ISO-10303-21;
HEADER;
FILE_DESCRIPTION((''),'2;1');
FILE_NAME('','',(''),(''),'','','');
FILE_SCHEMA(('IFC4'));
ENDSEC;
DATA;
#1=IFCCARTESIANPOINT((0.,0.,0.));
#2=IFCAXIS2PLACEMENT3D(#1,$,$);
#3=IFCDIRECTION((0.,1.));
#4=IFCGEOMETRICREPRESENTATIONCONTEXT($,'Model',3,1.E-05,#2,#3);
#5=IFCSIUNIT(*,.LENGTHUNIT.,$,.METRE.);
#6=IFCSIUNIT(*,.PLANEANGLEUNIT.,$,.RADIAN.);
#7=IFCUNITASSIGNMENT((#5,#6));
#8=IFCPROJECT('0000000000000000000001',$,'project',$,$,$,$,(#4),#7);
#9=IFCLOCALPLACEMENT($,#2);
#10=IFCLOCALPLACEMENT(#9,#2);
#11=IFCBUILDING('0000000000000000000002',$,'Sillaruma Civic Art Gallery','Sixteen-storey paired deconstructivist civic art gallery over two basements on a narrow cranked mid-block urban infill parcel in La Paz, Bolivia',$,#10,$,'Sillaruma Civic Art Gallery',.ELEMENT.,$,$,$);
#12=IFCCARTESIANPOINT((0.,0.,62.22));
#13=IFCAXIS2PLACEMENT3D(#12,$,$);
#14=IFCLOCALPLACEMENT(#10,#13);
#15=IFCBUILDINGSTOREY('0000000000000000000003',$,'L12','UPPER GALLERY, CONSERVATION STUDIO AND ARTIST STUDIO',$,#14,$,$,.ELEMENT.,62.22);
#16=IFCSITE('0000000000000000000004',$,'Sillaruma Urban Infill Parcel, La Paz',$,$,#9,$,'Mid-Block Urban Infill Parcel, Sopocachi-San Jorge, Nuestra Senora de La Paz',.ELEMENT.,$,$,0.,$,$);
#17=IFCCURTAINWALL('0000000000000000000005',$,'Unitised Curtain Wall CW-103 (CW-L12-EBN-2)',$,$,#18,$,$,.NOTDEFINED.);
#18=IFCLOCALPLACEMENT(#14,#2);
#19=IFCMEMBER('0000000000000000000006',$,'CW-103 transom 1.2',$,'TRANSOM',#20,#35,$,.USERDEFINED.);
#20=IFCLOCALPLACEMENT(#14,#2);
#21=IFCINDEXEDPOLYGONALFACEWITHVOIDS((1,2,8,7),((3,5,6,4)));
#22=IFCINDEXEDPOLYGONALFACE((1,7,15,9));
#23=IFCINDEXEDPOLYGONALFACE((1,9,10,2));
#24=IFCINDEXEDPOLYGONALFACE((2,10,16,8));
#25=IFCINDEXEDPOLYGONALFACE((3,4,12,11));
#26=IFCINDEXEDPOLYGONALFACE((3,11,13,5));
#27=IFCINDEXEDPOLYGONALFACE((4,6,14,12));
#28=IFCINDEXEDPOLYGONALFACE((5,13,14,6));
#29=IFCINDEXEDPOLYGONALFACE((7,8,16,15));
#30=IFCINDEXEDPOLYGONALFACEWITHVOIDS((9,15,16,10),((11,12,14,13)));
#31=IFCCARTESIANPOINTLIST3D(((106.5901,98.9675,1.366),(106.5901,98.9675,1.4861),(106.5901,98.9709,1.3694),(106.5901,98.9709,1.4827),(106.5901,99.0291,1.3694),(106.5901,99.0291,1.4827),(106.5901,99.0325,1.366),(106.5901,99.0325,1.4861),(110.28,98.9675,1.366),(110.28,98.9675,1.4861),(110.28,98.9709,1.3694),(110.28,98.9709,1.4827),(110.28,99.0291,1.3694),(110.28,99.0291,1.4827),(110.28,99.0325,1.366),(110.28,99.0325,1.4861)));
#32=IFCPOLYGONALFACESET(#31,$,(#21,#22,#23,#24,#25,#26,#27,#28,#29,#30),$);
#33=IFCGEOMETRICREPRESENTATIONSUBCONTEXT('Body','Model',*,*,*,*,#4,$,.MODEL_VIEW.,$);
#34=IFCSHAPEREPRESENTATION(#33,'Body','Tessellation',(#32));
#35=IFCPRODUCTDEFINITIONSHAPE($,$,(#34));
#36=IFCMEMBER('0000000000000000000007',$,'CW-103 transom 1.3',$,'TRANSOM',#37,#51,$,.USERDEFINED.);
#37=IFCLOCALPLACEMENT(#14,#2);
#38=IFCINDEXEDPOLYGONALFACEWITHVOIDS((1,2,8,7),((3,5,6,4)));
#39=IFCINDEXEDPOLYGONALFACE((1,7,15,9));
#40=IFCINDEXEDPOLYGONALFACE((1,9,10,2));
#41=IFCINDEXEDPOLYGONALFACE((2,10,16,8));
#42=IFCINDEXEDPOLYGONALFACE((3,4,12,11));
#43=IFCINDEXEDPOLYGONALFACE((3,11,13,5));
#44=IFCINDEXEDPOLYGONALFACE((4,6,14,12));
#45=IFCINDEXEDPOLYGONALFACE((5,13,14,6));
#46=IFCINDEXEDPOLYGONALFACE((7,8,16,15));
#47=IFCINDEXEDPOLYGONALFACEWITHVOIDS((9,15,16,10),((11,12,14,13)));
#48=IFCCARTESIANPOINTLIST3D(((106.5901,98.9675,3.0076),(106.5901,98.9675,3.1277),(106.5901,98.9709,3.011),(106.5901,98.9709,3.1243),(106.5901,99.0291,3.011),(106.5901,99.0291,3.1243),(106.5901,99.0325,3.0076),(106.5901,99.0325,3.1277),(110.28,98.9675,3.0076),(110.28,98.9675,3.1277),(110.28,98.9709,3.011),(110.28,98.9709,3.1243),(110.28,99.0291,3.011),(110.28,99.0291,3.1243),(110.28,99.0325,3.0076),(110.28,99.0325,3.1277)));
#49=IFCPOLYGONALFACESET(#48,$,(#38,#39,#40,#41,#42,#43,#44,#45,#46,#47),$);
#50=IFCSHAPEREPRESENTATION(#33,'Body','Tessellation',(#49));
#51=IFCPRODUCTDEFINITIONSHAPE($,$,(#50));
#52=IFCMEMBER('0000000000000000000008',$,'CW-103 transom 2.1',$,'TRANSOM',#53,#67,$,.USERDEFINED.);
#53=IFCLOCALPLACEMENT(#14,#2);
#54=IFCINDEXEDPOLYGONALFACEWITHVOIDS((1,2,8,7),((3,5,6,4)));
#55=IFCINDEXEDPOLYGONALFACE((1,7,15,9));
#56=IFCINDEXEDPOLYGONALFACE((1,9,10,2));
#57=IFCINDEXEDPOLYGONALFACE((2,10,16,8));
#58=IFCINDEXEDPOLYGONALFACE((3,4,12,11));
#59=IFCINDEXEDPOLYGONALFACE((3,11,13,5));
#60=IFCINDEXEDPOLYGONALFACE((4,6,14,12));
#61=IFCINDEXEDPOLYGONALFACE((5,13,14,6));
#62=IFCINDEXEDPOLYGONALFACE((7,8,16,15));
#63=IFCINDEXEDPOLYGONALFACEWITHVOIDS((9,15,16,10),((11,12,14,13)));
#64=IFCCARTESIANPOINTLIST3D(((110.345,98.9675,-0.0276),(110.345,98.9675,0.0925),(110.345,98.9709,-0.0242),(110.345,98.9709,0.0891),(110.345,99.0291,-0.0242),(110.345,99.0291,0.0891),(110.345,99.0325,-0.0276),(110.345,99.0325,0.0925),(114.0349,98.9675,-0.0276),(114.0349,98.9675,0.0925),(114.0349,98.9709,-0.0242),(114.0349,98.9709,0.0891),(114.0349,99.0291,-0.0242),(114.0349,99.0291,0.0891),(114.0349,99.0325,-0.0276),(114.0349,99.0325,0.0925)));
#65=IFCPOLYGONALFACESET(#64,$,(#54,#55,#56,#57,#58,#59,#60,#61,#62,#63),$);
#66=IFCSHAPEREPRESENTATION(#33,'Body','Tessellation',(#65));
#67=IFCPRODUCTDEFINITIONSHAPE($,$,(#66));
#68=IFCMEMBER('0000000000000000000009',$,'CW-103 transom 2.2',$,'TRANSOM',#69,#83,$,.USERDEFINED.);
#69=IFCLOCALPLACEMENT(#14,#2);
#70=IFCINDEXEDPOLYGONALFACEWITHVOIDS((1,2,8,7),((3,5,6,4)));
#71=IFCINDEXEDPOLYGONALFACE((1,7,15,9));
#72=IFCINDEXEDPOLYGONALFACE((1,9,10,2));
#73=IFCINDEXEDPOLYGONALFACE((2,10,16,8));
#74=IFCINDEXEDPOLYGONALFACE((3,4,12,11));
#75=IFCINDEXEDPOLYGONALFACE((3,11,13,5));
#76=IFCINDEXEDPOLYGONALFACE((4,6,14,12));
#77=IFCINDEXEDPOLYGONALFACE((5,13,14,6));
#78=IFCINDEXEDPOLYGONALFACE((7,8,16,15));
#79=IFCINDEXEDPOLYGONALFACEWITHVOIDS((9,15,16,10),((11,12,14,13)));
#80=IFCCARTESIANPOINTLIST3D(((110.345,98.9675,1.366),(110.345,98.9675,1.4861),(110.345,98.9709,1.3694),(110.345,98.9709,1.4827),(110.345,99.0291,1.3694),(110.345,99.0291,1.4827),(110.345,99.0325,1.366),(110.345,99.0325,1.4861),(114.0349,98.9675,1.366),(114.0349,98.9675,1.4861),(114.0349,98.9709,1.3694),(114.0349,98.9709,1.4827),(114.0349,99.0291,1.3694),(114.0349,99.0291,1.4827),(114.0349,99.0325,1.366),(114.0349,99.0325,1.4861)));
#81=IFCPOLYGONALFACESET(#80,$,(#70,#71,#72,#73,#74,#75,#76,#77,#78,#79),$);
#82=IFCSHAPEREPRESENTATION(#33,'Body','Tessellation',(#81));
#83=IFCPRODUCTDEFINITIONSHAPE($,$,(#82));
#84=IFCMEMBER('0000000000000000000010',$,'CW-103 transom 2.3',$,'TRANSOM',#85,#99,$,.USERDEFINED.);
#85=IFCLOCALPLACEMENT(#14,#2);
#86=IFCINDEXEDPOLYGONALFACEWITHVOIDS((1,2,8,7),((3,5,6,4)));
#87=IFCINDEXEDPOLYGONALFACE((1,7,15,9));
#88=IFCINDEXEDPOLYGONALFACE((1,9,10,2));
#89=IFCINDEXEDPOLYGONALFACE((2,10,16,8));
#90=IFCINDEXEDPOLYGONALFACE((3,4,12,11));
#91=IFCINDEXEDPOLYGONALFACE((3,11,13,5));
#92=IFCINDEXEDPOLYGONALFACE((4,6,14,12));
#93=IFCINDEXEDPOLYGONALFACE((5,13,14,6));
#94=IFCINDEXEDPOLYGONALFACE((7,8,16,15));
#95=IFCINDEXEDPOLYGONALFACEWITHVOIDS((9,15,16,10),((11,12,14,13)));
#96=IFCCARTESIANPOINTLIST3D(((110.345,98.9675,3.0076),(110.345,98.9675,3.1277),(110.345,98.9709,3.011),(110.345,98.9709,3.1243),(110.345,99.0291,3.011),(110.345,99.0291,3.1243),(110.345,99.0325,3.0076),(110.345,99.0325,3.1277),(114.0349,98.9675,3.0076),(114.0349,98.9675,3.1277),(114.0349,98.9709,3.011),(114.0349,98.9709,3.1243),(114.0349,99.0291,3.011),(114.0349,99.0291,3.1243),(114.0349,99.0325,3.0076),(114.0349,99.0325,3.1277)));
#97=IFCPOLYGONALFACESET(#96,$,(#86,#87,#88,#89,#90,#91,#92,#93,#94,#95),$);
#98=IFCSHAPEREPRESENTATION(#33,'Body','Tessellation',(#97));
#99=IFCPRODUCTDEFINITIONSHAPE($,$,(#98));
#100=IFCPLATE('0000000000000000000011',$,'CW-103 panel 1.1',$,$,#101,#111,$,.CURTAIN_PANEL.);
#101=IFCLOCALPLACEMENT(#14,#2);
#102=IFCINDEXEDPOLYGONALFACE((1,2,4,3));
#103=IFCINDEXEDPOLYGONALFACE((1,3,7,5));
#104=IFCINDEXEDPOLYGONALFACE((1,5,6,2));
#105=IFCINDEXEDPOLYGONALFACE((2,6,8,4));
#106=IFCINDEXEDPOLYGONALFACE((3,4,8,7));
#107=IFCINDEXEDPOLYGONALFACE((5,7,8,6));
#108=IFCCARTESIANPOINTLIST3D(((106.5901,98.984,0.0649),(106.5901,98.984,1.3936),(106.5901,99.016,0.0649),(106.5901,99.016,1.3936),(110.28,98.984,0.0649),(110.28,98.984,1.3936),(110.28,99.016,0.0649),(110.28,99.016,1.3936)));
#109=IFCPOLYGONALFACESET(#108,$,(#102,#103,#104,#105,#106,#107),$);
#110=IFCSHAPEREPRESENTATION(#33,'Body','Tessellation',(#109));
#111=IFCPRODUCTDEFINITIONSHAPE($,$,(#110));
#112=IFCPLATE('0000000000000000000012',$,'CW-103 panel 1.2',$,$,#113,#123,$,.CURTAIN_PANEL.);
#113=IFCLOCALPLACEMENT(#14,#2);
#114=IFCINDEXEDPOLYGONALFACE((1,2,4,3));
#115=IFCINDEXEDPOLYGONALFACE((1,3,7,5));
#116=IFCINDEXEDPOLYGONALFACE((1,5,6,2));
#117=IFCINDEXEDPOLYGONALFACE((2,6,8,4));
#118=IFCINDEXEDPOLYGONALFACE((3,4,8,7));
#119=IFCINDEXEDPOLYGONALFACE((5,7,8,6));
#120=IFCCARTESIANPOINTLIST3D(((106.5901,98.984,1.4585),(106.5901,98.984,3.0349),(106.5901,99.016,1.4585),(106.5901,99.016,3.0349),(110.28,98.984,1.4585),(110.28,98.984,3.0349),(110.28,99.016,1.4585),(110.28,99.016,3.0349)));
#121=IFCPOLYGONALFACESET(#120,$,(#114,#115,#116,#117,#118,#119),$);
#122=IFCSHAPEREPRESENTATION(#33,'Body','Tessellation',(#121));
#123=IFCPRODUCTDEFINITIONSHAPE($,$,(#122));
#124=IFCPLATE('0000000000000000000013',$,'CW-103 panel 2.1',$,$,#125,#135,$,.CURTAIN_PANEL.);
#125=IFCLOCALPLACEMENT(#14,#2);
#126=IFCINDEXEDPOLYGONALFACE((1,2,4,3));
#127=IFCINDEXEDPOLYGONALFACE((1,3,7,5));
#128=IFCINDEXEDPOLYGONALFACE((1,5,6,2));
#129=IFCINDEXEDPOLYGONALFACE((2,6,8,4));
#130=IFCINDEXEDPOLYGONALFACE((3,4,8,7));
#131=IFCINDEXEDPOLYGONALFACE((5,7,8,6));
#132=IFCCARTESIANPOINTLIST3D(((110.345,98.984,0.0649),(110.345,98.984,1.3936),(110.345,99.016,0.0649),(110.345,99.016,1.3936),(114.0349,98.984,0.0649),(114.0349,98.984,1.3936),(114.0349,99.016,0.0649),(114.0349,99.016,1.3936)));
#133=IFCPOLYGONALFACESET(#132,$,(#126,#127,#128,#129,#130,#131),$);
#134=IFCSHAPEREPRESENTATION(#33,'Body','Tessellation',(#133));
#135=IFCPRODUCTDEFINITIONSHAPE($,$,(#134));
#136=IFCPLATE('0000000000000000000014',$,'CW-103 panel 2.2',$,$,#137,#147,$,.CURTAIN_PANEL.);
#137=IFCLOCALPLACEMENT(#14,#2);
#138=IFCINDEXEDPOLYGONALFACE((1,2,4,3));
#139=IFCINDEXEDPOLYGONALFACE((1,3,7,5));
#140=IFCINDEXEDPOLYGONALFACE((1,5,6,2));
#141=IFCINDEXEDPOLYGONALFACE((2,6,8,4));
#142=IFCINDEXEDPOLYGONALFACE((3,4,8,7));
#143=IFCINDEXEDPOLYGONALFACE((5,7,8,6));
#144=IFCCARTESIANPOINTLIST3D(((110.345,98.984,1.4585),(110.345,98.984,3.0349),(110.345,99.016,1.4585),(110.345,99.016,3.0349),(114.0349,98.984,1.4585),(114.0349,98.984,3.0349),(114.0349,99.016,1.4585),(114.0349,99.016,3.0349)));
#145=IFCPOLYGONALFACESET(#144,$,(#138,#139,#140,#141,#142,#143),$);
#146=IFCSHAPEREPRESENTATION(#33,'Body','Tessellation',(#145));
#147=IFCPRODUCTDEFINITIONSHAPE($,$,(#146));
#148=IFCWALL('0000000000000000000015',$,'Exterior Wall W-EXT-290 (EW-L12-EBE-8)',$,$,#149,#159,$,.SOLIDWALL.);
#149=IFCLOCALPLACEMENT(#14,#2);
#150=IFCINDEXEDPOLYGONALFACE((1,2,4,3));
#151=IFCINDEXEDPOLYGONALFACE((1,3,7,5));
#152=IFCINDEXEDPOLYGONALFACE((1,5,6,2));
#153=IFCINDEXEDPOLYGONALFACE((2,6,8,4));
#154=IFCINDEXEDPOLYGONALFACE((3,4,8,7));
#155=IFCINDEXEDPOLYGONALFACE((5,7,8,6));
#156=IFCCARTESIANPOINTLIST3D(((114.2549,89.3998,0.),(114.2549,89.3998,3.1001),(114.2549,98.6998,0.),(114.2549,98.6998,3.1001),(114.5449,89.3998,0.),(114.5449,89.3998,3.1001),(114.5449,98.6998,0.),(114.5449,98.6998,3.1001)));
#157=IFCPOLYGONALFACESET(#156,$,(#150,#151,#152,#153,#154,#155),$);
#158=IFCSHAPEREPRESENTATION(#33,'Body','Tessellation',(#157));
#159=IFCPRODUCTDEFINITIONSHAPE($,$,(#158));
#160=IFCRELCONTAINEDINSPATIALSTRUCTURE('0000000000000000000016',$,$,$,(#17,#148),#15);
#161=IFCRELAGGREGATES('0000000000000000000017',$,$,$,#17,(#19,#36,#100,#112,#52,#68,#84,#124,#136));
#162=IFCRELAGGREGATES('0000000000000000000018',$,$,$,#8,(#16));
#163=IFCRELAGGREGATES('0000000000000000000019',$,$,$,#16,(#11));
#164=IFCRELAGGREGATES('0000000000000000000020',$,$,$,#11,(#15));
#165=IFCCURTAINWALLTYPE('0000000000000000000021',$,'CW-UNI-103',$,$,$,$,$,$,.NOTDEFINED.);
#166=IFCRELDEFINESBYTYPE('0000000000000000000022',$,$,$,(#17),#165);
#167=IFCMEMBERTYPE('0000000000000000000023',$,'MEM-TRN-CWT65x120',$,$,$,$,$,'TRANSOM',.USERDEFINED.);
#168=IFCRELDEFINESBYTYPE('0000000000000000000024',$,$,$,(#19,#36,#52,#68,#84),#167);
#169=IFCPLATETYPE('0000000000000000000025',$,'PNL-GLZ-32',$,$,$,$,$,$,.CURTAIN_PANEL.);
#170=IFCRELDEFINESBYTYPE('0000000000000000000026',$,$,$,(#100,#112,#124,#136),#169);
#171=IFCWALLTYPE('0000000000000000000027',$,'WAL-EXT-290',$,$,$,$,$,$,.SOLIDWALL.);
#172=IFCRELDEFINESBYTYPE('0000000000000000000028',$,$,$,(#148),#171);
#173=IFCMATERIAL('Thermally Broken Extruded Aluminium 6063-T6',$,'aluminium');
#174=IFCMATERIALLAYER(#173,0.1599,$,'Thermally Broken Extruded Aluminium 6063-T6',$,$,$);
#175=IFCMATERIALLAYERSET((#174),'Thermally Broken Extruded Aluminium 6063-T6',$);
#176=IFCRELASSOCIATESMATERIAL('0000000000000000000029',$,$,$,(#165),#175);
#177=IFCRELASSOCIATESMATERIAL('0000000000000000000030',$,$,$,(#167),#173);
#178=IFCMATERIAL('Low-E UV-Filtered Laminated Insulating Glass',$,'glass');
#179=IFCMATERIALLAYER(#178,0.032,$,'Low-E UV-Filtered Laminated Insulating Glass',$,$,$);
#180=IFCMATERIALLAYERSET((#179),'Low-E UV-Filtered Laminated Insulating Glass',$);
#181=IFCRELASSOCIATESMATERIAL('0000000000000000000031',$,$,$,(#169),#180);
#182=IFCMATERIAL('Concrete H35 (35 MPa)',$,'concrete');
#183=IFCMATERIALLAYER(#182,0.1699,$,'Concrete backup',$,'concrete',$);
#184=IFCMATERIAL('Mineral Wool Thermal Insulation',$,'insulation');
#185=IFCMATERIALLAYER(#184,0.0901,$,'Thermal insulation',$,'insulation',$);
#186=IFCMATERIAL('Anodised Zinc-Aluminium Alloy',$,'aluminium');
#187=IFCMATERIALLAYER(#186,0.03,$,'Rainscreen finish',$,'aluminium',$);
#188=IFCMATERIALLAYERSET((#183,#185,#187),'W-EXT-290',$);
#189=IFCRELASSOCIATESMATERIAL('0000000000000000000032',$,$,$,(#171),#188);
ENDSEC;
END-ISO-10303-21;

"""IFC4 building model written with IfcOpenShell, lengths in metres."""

from ifc_helpers import new_model, si_unit, direction, frame, frame_2d, origin, origin_2d, place, context, subcontext, project, spatial, rectangle, hollow_rectangle, extrude, material, layer, layer_set, material_profile, profile_set, type_object, element, aggregate, save


model = new_model("IFC4")

# Units and contexts
model_context = context("Model", 3, precision=1e-05, world=origin(), true_north=direction((0.0, 1.0)))
body_context = subcontext(model_context, "Body", "Model", "MODEL_VIEW")
ifc_project = project(units=[si_unit("LENGTHUNIT", "METRE"), si_unit("PLANEANGLEUNIT", "RADIAN")], contexts=[model_context])

# Site, building, storey
site_placement = place(None, origin())
site = spatial("IfcSite", under=ifc_project, at=site_placement, Name="Sillaruma Urban Infill Parcel, La Paz", LongName="Mid-Block Urban Infill Parcel, Sopocachi-San Jorge, Nuestra Senora de La Paz", CompositionType="ELEMENT", RefElevation=0.0)
building_placement = place(site_placement, origin())
building = spatial("IfcBuilding", under=site, at=building_placement, Name="Sillaruma Civic Art Gallery", Description="Sixteen-storey paired deconstructivist civic art gallery over two basements on a narrow cranked mid-block urban infill parcel in La Paz, Bolivia", LongName="Sillaruma Civic Art Gallery", CompositionType="ELEMENT")
storey_placement = place(building_placement, frame((0.0, 0.0, 62.22)))
storey = spatial("IfcBuildingStorey", under=building, at=storey_placement, Name="L12", Description="UPPER GALLERY, CONSERVATION STUDIO AND ARTIST STUDIO", CompositionType="ELEMENT", Elevation=62.22)

# Shared definitions
ifc_material_1 = material(Name="Concrete H35 (35 MPa)", Category="concrete")

# Curtain wall, members, plates
ifc_material_2 = material(Name="Thermally Broken Extruded Aluminium 6063-T6", Category="aluminium")
ifc_layer_1 = layer(ifc_material_2, 0.1599, Name="Thermally Broken Extruded Aluminium 6063-T6")
ifc_layer_set_1 = layer_set([ifc_layer_1], Name="Thermally Broken Extruded Aluminium 6063-T6")
curtain_wall_type = type_object("IfcCurtainWallType", Name="CW-UNI-103", PredefinedType="NOTDEFINED", material=ifc_layer_set_1)
curtain_wall_placement = place(storey_placement, origin())
curtain_wall = element("IfcCurtainWall", 1, at=curtain_wall_placement, inside=storey, type_object=curtain_wall_type, Name="Unitised Curtain Wall CW-103 (CW-L12-EBN-2)", PredefinedType="NOTDEFINED")
ifc_material_profile_1 = material_profile(ifc_material_2, hollow_rectangle(XDim=0.0649, YDim=0.1201, WallThickness=0.0034, at=origin_2d()), Name="CWT65x120")
ifc_profile_set_1 = profile_set([ifc_material_profile_1], Name="Thermally Broken Extruded Aluminium 6063-T6")
member_type_1 = type_object("IfcMemberType", Name="MEM-TRN-CWT65x120", ElementType="TRANSOM", PredefinedType="USERDEFINED", material=ifc_profile_set_1)
member_1_placement = place(storey_placement, frame((106.5901, 99.0, 1.426), z_axis=(1.0, 0.0, 0.0), x_axis=(0.0, 1.0, 0.0)))
member_1 = element("IfcMember", 2, at=member_1_placement, type_object=member_type_1, Name="CW-103 transom 1.2", ObjectType="TRANSOM", PredefinedType="USERDEFINED", context=body_context, shape_type="SweptSolid", body=[
    extrude(hollow_rectangle(XDim=0.0649, YDim=0.1201, WallThickness=0.0034, at=origin_2d()), origin(), (0.0, 0.0, 1.0), 3.6899),
])
member_2_placement = place(storey_placement, frame((106.5901, 99.0, 3.0676), z_axis=(1.0, 0.0, 0.0), x_axis=(0.0, 1.0, 0.0)))
member_2 = element("IfcMember", 3, at=member_2_placement, type_object=member_type_1, Name="CW-103 transom 1.3", ObjectType="TRANSOM", PredefinedType="USERDEFINED", context=body_context, shape_type="SweptSolid", body=[
    extrude(hollow_rectangle(XDim=0.0649, YDim=0.1201, WallThickness=0.0034, at=origin_2d()), origin(), (0.0, 0.0, 1.0), 3.6899),
])
member_3_placement = place(storey_placement, frame((110.345, 99.0, 0.0325), z_axis=(1.0, 0.0, 0.0), x_axis=(0.0, 1.0, 0.0)))
member_3 = element("IfcMember", 4, at=member_3_placement, type_object=member_type_1, Name="CW-103 transom 2.1", ObjectType="TRANSOM", PredefinedType="USERDEFINED", context=body_context, shape_type="SweptSolid", body=[
    extrude(hollow_rectangle(XDim=0.0649, YDim=0.1201, WallThickness=0.0034, at=origin_2d()), origin(), (0.0, 0.0, 1.0), 3.6899),
])
member_4_placement = place(storey_placement, frame((110.345, 99.0, 1.426), z_axis=(1.0, 0.0, 0.0), x_axis=(0.0, 1.0, 0.0)))
member_4 = element("IfcMember", 5, at=member_4_placement, type_object=member_type_1, Name="CW-103 transom 2.2", ObjectType="TRANSOM", PredefinedType="USERDEFINED", context=body_context, shape_type="SweptSolid", body=[
    extrude(hollow_rectangle(XDim=0.0649, YDim=0.1201, WallThickness=0.0034, at=origin_2d()), origin(), (0.0, 0.0, 1.0), 3.6899),
])
member_5_placement = place(storey_placement, frame((110.345, 99.0, 3.0676), z_axis=(1.0, 0.0, 0.0), x_axis=(0.0, 1.0, 0.0)))
member_5 = element("IfcMember", 6, at=member_5_placement, type_object=member_type_1, Name="CW-103 transom 2.3", ObjectType="TRANSOM", PredefinedType="USERDEFINED", context=body_context, shape_type="SweptSolid", body=[
    extrude(hollow_rectangle(XDim=0.0649, YDim=0.1201, WallThickness=0.0034, at=origin_2d()), origin(), (0.0, 0.0, 1.0), 3.6899),
])
ifc_material_3 = material(Name="Low-E UV-Filtered Laminated Insulating Glass", Category="glass")
ifc_layer_2 = layer(ifc_material_3, 0.032, Name="Low-E UV-Filtered Laminated Insulating Glass")
ifc_layer_set_2 = layer_set([ifc_layer_2], Name="Low-E UV-Filtered Laminated Insulating Glass")
plate_type = type_object("IfcPlateType", Name="PNL-GLZ-32", PredefinedType="CURTAIN_PANEL", material=ifc_layer_set_2)
plate_1_placement = place(storey_placement, frame((108.4351, 99.0, 0.0649), z_axis=(0.0, 0.0, 1.0), x_axis=(1.0, 0.0, 0.0)))
plate_1 = element("IfcPlate", 7, at=plate_1_placement, type_object=plate_type, Name="CW-103 panel 1.1", PredefinedType="CURTAIN_PANEL", context=body_context, shape_type="SweptSolid", body=[
    extrude(rectangle(XDim=3.6899, YDim=0.032, at=origin_2d()), origin(), (0.0, 0.0, 1.0), 1.3286),
])
plate_2_placement = place(storey_placement, frame((108.4351, 99.0, 1.4585), z_axis=(0.0, 0.0, 1.0), x_axis=(1.0, 0.0, 0.0)))
plate_2 = element("IfcPlate", 8, at=plate_2_placement, type_object=plate_type, Name="CW-103 panel 1.2", PredefinedType="CURTAIN_PANEL", context=body_context, shape_type="SweptSolid", body=[
    extrude(rectangle(XDim=3.6899, YDim=0.032, at=origin_2d()), origin(), (0.0, 0.0, 1.0), 1.5764),
])
plate_3_placement = place(storey_placement, frame((112.1899, 99.0, 0.0649), z_axis=(0.0, 0.0, 1.0), x_axis=(1.0, 0.0, 0.0)))
plate_3 = element("IfcPlate", 9, at=plate_3_placement, type_object=plate_type, Name="CW-103 panel 2.1", PredefinedType="CURTAIN_PANEL", context=body_context, shape_type="SweptSolid", body=[
    extrude(rectangle(XDim=3.6899, YDim=0.032, at=origin_2d()), origin(), (0.0, 0.0, 1.0), 1.3286),
])
plate_4_placement = place(storey_placement, frame((112.1899, 99.0, 1.4585), z_axis=(0.0, 0.0, 1.0), x_axis=(1.0, 0.0, 0.0)))
plate_4 = element("IfcPlate", 10, at=plate_4_placement, type_object=plate_type, Name="CW-103 panel 2.2", PredefinedType="CURTAIN_PANEL", context=body_context, shape_type="SweptSolid", body=[
    extrude(rectangle(XDim=3.6899, YDim=0.032, at=origin_2d()), origin(), (0.0, 0.0, 1.0), 1.5764),
])
aggregate(curtain_wall, [member_1, member_2, plate_1, plate_2, member_3, member_4, member_5, plate_3, plate_4])

# Wall
ifc_layer_3 = layer(ifc_material_1, 0.1699, Name="Concrete backup", Category="concrete")
ifc_material_4 = material(Name="Mineral Wool Thermal Insulation", Category="insulation")
ifc_layer_4 = layer(ifc_material_4, 0.0901, Name="Thermal insulation", Category="insulation")
ifc_material_5 = material(Name="Anodised Zinc-Aluminium Alloy", Category="aluminium")
ifc_layer_5 = layer(ifc_material_5, 0.03, Name="Rainscreen finish", Category="aluminium")
ifc_layer_set_3 = layer_set([ifc_layer_3, ifc_layer_4, ifc_layer_5], Name="W-EXT-290")
wall_type_1 = type_object("IfcWallType", Name="WAL-EXT-290", PredefinedType="SOLIDWALL", material=ifc_layer_set_3)
wall_1_placement = place(storey_placement, frame((114.3999, 89.3999, 0.0), z_axis=(0.0, 0.0, 1.0), x_axis=(0.0, 1.0, 0.0)))
element("IfcWall", 11, at=wall_1_placement, inside=storey, type_object=wall_type_1, Name="Exterior Wall W-EXT-290 (EW-L12-EBE-8)", PredefinedType="SOLIDWALL", context=body_context, shape_type="SweptSolid", body=[
    extrude(rectangle(XDim=9.3, YDim=0.29, at=frame_2d((4.6499, 0.0))), origin(), (0.0, 0.0, 1.0), 3.1001),
])

save(model, "model.ifc")
